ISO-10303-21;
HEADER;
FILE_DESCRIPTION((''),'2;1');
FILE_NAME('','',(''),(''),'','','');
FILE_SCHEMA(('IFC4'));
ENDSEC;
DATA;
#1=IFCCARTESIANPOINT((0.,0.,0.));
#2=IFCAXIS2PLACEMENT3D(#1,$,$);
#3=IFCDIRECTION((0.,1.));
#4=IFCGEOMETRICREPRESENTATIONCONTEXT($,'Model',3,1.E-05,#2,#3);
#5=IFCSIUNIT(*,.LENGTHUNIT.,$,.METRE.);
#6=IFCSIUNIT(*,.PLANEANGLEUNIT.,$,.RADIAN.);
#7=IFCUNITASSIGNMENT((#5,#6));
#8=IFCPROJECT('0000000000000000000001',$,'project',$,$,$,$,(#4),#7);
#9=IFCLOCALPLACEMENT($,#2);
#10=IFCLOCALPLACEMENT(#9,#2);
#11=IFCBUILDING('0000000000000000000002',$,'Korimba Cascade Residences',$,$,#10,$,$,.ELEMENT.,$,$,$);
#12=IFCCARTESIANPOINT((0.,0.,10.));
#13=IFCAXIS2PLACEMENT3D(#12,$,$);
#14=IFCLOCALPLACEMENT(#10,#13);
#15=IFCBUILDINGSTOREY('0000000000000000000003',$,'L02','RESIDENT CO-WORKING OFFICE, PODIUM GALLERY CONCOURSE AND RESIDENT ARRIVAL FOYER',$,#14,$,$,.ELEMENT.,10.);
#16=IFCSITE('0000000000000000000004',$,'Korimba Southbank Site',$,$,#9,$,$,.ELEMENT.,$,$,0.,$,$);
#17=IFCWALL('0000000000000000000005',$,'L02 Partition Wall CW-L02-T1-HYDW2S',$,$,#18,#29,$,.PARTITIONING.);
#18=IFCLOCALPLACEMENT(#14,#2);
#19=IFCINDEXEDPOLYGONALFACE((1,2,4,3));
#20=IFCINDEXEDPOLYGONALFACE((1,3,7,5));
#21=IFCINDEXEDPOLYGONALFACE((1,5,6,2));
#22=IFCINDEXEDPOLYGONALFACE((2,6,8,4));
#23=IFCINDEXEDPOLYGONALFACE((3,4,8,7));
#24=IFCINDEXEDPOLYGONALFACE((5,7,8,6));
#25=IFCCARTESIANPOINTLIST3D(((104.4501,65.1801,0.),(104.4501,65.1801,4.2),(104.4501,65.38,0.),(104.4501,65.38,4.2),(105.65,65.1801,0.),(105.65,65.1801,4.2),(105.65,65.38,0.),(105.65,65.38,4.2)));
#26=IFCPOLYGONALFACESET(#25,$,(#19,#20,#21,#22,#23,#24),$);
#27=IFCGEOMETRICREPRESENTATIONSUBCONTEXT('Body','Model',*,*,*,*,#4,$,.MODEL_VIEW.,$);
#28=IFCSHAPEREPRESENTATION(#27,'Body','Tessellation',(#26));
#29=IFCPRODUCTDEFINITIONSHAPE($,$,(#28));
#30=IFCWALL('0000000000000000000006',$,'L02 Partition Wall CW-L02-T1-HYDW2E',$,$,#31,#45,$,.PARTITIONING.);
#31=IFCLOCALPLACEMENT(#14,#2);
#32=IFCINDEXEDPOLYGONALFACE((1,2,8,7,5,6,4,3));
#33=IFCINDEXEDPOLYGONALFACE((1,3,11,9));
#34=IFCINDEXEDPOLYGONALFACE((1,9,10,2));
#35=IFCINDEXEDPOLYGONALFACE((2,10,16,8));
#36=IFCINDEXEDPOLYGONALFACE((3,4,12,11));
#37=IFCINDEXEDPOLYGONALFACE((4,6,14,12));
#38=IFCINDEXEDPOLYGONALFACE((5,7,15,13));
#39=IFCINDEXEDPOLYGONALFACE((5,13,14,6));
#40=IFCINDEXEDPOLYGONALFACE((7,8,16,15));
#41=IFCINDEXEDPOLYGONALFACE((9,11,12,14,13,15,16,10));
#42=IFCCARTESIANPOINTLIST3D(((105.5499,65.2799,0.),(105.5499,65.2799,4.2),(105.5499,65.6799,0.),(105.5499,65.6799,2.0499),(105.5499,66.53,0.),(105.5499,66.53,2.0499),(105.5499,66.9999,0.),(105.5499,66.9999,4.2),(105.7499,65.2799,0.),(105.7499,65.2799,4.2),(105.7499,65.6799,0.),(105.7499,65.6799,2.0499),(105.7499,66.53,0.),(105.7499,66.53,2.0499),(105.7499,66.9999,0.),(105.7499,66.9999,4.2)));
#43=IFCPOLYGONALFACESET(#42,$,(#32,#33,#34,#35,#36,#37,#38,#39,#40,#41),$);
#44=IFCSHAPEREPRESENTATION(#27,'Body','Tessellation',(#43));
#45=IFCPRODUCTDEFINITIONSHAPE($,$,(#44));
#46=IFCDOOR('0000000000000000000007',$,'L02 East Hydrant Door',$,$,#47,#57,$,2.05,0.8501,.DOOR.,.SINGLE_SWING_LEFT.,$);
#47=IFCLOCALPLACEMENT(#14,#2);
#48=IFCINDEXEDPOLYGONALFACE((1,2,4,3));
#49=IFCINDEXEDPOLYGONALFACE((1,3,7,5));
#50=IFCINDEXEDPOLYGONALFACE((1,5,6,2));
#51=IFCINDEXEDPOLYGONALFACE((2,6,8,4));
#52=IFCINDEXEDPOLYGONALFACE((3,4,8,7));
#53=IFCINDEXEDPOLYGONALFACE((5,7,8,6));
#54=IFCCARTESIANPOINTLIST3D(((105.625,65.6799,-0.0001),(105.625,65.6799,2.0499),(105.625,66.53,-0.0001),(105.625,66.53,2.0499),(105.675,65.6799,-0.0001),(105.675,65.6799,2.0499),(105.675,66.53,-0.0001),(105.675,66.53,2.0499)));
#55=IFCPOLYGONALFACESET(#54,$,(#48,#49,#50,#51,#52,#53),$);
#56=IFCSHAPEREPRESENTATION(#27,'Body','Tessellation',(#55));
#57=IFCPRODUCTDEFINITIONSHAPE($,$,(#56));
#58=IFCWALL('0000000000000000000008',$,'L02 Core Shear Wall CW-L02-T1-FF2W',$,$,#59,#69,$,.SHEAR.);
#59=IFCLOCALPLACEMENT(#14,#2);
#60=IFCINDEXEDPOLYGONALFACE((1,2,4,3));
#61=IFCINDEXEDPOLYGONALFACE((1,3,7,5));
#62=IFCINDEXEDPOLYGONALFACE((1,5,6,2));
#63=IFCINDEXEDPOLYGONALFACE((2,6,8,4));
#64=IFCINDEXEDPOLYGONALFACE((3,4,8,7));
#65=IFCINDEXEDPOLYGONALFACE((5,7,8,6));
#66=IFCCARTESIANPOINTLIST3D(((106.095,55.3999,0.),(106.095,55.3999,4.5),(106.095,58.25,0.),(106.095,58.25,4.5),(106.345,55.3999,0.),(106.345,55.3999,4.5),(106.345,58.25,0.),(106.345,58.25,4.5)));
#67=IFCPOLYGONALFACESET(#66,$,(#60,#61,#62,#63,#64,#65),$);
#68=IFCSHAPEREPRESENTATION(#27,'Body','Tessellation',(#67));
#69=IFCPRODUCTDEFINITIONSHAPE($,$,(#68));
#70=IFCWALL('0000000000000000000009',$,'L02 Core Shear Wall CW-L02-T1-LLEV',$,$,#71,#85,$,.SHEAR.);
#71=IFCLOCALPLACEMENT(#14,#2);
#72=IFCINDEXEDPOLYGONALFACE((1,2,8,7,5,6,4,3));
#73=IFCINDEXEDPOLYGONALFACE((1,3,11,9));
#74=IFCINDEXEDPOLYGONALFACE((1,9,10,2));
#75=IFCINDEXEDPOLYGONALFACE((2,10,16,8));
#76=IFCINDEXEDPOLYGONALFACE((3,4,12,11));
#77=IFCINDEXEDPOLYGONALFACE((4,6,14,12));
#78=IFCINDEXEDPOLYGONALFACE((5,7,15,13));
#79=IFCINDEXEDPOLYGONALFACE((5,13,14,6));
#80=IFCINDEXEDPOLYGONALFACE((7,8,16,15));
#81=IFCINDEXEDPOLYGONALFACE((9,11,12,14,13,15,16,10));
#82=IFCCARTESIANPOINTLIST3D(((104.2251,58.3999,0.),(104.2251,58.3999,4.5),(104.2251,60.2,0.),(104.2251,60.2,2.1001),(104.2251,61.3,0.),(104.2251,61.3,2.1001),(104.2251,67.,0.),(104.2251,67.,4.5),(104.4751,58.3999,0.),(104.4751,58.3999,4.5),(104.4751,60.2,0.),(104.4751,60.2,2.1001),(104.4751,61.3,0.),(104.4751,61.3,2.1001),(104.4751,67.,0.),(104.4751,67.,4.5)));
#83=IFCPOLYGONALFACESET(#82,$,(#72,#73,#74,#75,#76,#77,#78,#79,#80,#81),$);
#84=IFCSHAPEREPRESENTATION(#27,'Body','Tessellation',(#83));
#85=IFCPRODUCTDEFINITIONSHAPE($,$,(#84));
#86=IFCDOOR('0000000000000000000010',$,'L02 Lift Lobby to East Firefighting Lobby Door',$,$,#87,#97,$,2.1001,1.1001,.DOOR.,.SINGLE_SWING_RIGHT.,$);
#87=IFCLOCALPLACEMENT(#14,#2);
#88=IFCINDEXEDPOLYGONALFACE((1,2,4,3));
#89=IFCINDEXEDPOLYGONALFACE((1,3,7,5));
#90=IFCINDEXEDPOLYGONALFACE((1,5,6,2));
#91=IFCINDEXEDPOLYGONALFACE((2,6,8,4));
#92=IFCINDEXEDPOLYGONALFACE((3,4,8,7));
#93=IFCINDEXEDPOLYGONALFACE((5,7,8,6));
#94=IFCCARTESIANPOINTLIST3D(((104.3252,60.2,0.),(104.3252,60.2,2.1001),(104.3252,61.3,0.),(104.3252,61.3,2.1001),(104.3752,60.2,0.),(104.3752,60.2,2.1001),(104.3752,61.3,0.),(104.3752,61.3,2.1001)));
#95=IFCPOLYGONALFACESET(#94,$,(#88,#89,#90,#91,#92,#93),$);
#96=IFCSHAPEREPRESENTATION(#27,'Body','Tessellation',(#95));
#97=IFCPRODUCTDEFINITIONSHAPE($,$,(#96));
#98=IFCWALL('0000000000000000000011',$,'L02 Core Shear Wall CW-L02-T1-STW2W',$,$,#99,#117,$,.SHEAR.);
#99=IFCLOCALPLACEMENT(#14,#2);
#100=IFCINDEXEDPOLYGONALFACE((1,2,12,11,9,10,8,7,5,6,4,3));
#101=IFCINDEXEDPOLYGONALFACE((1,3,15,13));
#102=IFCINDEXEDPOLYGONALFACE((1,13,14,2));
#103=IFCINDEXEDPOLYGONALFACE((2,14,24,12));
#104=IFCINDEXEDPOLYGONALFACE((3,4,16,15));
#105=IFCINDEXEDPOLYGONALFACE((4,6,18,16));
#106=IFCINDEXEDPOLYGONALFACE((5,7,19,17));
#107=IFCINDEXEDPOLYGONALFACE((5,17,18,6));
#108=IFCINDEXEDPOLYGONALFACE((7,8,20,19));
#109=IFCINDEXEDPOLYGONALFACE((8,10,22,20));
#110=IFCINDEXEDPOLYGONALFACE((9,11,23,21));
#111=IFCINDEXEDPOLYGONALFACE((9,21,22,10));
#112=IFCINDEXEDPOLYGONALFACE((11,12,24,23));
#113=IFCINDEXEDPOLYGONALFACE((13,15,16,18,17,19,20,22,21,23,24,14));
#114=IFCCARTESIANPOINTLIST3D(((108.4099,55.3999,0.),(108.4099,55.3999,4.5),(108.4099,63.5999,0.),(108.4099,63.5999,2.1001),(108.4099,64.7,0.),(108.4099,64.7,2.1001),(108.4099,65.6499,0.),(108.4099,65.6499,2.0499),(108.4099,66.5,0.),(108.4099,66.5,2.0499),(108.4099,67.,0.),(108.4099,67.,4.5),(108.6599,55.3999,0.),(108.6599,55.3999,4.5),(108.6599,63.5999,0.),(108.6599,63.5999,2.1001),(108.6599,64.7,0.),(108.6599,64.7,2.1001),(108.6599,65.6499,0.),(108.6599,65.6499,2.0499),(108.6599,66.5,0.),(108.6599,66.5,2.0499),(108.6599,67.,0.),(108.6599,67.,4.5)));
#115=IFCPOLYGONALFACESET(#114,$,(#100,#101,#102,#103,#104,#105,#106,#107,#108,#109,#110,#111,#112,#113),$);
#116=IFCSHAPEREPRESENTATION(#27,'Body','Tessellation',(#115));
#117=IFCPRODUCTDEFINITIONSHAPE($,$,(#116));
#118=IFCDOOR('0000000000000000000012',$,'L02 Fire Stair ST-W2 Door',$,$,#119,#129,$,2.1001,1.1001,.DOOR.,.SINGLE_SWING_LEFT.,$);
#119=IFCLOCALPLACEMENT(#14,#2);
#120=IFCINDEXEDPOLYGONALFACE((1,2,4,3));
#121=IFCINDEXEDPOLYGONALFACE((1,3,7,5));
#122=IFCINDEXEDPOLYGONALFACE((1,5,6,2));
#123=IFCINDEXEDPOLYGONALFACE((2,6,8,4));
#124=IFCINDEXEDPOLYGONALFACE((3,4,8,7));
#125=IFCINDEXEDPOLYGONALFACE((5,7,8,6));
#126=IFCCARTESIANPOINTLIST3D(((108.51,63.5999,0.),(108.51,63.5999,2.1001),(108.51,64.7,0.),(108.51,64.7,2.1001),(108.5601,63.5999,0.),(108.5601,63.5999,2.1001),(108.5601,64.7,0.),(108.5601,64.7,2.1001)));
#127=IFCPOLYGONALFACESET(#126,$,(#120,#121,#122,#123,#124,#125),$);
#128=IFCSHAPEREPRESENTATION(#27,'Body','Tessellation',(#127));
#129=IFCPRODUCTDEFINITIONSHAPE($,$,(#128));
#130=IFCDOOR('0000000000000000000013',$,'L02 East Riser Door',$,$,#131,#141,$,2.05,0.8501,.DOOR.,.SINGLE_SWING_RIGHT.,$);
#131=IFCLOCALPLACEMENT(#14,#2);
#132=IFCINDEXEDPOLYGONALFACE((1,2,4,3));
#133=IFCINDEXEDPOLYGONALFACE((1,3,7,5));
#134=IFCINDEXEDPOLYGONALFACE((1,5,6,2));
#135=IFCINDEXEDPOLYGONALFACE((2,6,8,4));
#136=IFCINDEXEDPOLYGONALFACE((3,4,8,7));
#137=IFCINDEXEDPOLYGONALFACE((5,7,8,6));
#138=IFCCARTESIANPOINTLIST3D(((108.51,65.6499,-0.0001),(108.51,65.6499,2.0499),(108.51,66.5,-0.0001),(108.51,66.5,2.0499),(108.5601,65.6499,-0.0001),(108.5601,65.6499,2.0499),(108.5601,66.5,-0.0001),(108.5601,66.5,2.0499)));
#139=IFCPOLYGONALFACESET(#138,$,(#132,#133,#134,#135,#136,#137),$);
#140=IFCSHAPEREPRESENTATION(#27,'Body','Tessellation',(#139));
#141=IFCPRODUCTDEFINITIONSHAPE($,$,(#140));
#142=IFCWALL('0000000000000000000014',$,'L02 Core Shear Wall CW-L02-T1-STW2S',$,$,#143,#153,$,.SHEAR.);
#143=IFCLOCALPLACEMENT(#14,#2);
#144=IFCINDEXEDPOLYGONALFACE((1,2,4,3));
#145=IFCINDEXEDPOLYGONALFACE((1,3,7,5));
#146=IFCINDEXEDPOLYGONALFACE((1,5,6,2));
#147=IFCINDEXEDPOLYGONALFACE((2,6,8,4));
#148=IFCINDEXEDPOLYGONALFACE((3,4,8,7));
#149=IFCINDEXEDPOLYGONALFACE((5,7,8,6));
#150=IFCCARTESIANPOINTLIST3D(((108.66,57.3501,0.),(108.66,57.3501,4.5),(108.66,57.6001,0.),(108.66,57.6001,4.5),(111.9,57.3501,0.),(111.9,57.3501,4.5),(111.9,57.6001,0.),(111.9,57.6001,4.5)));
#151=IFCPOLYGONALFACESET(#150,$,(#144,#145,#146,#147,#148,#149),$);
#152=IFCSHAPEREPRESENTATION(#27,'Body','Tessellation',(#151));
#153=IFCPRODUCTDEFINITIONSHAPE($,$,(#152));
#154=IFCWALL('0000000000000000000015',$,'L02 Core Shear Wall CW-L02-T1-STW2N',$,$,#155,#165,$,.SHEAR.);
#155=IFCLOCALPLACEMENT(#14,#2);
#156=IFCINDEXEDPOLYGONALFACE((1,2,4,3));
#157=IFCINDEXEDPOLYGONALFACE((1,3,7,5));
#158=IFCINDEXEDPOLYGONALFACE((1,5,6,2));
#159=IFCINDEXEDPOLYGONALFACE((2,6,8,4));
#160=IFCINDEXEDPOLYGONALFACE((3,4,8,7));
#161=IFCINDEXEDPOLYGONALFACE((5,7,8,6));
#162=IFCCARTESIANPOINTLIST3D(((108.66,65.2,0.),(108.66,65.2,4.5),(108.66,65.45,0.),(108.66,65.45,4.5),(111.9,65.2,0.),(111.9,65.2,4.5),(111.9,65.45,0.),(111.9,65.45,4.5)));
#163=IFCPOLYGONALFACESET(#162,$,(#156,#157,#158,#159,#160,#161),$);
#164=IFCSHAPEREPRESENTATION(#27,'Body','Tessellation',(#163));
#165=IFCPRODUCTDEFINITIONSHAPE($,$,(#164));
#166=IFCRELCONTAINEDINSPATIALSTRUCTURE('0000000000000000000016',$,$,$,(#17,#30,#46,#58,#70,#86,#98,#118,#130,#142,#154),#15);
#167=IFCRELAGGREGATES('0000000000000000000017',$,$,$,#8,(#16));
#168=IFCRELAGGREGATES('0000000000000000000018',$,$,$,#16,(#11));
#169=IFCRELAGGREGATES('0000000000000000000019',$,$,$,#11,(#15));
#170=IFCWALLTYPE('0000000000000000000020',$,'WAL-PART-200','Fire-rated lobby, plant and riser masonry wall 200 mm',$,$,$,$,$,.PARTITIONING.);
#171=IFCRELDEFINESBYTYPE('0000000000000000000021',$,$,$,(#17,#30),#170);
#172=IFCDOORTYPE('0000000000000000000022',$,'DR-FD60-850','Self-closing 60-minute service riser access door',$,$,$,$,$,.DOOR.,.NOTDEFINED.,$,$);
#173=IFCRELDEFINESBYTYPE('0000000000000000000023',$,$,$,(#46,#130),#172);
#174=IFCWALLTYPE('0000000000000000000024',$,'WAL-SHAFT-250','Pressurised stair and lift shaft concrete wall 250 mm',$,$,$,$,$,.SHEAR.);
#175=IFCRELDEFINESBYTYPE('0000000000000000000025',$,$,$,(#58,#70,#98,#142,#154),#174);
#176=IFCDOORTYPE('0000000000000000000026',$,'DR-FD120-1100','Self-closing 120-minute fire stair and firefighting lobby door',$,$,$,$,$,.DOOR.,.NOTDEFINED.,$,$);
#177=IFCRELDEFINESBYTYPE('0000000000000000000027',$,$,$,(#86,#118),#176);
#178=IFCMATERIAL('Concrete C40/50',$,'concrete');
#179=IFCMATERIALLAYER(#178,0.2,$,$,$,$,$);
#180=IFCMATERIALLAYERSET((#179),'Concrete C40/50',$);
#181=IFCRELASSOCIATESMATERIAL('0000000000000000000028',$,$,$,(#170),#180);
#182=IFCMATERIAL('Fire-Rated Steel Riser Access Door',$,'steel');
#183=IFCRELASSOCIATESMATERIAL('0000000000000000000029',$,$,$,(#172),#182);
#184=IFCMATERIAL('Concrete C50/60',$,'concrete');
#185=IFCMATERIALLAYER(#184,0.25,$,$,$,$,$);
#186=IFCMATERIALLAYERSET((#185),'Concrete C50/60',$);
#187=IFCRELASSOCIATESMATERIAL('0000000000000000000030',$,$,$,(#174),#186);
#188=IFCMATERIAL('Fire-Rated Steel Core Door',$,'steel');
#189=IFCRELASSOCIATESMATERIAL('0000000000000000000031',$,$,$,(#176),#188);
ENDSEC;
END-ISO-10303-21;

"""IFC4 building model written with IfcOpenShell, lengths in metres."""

from ifc_helpers import new_model, si_unit, direction, frame, frame_2d, origin, place, context, subcontext, project, spatial, rectangle, extrude, material, layer, layer_set, type_object, element, fill, save


model = new_model("IFC4")

# Units and contexts
model_context = context("Model", 3, precision=1e-05, world=origin(), true_north=direction((0.0, 1.0)))
body_context = subcontext(model_context, "Body", "Model", "MODEL_VIEW")
ifc_project = project(units=[si_unit("LENGTHUNIT", "METRE"), si_unit("PLANEANGLEUNIT", "RADIAN")], contexts=[model_context])

# Site, building, storey
site_placement = place(None, origin())
site = spatial("IfcSite", under=ifc_project, at=site_placement, Name="Korimba Southbank Site", CompositionType="ELEMENT", RefElevation=0.0)
building_placement = place(site_placement, origin())
building = spatial("IfcBuilding", under=site, at=building_placement, Name="Korimba Cascade Residences", CompositionType="ELEMENT")
storey_placement = place(building_placement, frame((0.0, 0.0, 10.0)))
storey = spatial("IfcBuildingStorey", under=building, at=storey_placement, Name="L02", Description="RESIDENT CO-WORKING OFFICE, PODIUM GALLERY CONCOURSE AND RESIDENT ARRIVAL FOYER", CompositionType="ELEMENT", Elevation=10.0)

# Wall
ifc_material_1 = material(Name="Concrete C40/50", Category="concrete")
ifc_layer_1 = layer(ifc_material_1, 0.2)
ifc_layer_set_1 = layer_set([ifc_layer_1], Name="Concrete C40/50")
wall_type_1 = type_object("IfcWallType", Name="WAL-PART-200", Description="Fire-rated lobby, plant and riser masonry wall 200 mm", PredefinedType="PARTITIONING", material=ifc_layer_set_1)
wall_1_placement = place(storey_placement, frame((104.45, 65.28, 0.0), z_axis=(0.0, 0.0, 1.0), x_axis=(1.0, 0.0, 0.0)))
element("IfcWall", 1, at=wall_1_placement, inside=storey, type_object=wall_type_1, Name="L02 Partition Wall CW-L02-T1-HYDW2S", PredefinedType="PARTITIONING", context=body_context, shape_type="SweptSolid", body=[
    extrude(rectangle(XDim=1.2, YDim=0.2, at=frame_2d((0.6001, 0.0))), origin(), (0.0, 0.0, 1.0), 4.2),
])

# Wall, opening, door
wall_2_placement = place(storey_placement, frame((105.6499, 65.28, 0.0), z_axis=(0.0, 0.0, 1.0), x_axis=(0.0, 1.0, 0.0)))
wall_2 = element("IfcWall", 2, at=wall_2_placement, inside=storey, type_object=wall_type_1, Name="L02 Partition Wall CW-L02-T1-HYDW2E", PredefinedType="PARTITIONING", context=body_context, shape_type="SweptSolid", body=[
    extrude(rectangle(XDim=1.72, YDim=0.2, at=frame_2d((0.8599, 0.0))), origin(), (0.0, 0.0, 1.0), 4.2),
])
opening_1_placement = place(wall_2_placement, frame((0.3999, 0.0, 0.0)))
opening_1 = element("IfcOpeningElement", 3, at=opening_1_placement, cuts=wall_2, PredefinedType="OPENING", context=body_context, shape_type="SweptSolid", body=[
    extrude(rectangle(XDim=0.8501, YDim=2.05, at=frame_2d((0.425, 1.0249))), frame((0.0, 0.1099, 0.0), z_axis=(0.0, -1.0, 0.0), x_axis=(1.0, 0.0, 0.0)), (0.0, 0.0, 1.0), 0.22),
])
ifc_material_2 = material(Name="Fire-Rated Steel Riser Access Door", Category="steel")
door_type_1 = type_object("IfcDoorType", Name="DR-FD60-850", Description="Self-closing 60-minute service riser access door", OperationType="NOTDEFINED", PredefinedType="DOOR", material=ifc_material_2)
door_1_placement = place(opening_1_placement, origin())
door_1 = element("IfcDoor", 4, at=door_1_placement, inside=storey, type_object=door_type_1, Name="L02 East Hydrant Door", OperationType="SINGLE_SWING_LEFT", OverallHeight=2.05, OverallWidth=0.8501, PredefinedType="DOOR", context=body_context, shape_type="SweptSolid", body=[
    extrude(rectangle(XDim=0.8501, YDim=2.05, at=frame_2d((0.425, 1.0249))), frame((0.0, 0.0249, 0.0), z_axis=(0.0, -1.0, 0.0), x_axis=(1.0, 0.0, 0.0)), (0.0, 0.0, 1.0), 0.05),
])
fill(opening_1, door_1)

# Wall
ifc_material_3 = material(Name="Concrete C50/60", Category="concrete")
ifc_layer_2 = layer(ifc_material_3, 0.25)
ifc_layer_set_2 = layer_set([ifc_layer_2], Name="Concrete C50/60")
wall_type_2 = type_object("IfcWallType", Name="WAL-SHAFT-250", Description="Pressurised stair and lift shaft concrete wall 250 mm", PredefinedType="SHEAR", material=ifc_layer_set_2)
wall_3_placement = place(storey_placement, frame((106.22, 55.3999, 0.0), z_axis=(0.0, 0.0, 1.0), x_axis=(0.0, 1.0, 0.0)))
element("IfcWall", 5, at=wall_3_placement, inside=storey, type_object=wall_type_2, Name="L02 Core Shear Wall CW-L02-T1-FF2W", PredefinedType="SHEAR", context=body_context, shape_type="SweptSolid", body=[
    extrude(rectangle(XDim=2.8501, YDim=0.25, at=frame_2d((1.425, 0.0))), origin(), (0.0, 0.0, 1.0), 4.5),
])

# Wall, opening, door
wall_4_placement = place(storey_placement, frame((104.3501, 58.3999, 0.0), z_axis=(0.0, 0.0, 1.0), x_axis=(0.0, 1.0, 0.0)))
wall_4 = element("IfcWall", 6, at=wall_4_placement, inside=storey, type_object=wall_type_2, Name="L02 Core Shear Wall CW-L02-T1-LLEV", PredefinedType="SHEAR", context=body_context, shape_type="SweptSolid", body=[
    extrude(rectangle(XDim=8.6001, YDim=0.25, at=frame_2d((4.3, 0.0))), origin(), (0.0, 0.0, 1.0), 4.5),
])
opening_2_placement = place(wall_4_placement, frame((1.8, 0.0, 0.0)))
opening_2 = element("IfcOpeningElement", 7, at=opening_2_placement, cuts=wall_4, PredefinedType="OPENING", context=body_context, shape_type="SweptSolid", body=[
    extrude(rectangle(XDim=1.1001, YDim=2.1001, at=frame_2d((0.55, 1.05))), frame((0.0, 0.135, 0.0), z_axis=(0.0, -1.0, 0.0), x_axis=(1.0, 0.0, 0.0)), (0.0, 0.0, 1.0), 0.27),
])
ifc_material_4 = material(Name="Fire-Rated Steel Core Door", Category="steel")
door_type_2 = type_object("IfcDoorType", Name="DR-FD120-1100", Description="Self-closing 120-minute fire stair and firefighting lobby door", OperationType="NOTDEFINED", PredefinedType="DOOR", material=ifc_material_4)
door_2_placement = place(opening_2_placement, origin())
door_2 = element("IfcDoor", 8, at=door_2_placement, inside=storey, type_object=door_type_2, Name="L02 Lift Lobby to East Firefighting Lobby Door", OperationType="SINGLE_SWING_RIGHT", OverallHeight=2.1001, OverallWidth=1.1001, PredefinedType="DOOR", context=body_context, shape_type="SweptSolid", body=[
    extrude(rectangle(XDim=1.1001, YDim=2.1001, at=frame_2d((0.55, 1.05))), frame((0.0, 0.0249, 0.0), z_axis=(0.0, -1.0, 0.0), x_axis=(1.0, 0.0, 0.0)), (0.0, 0.0, 1.0), 0.05),
])
fill(opening_2, door_2)

# Wall, openings, doors
wall_5_placement = place(storey_placement, frame((108.5349, 55.3999, 0.0), z_axis=(0.0, 0.0, 1.0), x_axis=(0.0, 1.0, 0.0)))
wall_5 = element("IfcWall", 9, at=wall_5_placement, inside=storey, type_object=wall_type_2, Name="L02 Core Shear Wall CW-L02-T1-STW2W", PredefinedType="SHEAR", context=body_context, shape_type="SweptSolid", body=[
    extrude(rectangle(XDim=11.6001, YDim=0.25, at=frame_2d((5.8, 0.0))), origin(), (0.0, 0.0, 1.0), 4.5),
])
opening_3_placement = place(wall_5_placement, frame((8.2, 0.0, 0.0)))
opening_3 = element("IfcOpeningElement", 10, at=opening_3_placement, cuts=wall_5, PredefinedType="OPENING", context=body_context, shape_type="SweptSolid", body=[
    extrude(rectangle(XDim=1.1001, YDim=2.1001, at=frame_2d((0.55, 1.05))), frame((0.0, 0.135, 0.0), z_axis=(0.0, -1.0, 0.0), x_axis=(1.0, 0.0, 0.0)), (0.0, 0.0, 1.0), 0.27),
])
opening_4_placement = place(wall_5_placement, frame((10.25, 0.0, 0.0)))
opening_4 = element("IfcOpeningElement", 11, at=opening_4_placement, cuts=wall_5, PredefinedType="OPENING", context=body_context, shape_type="SweptSolid", body=[
    extrude(rectangle(XDim=0.8501, YDim=2.05, at=frame_2d((0.425, 1.0249))), frame((0.0, 0.135, 0.0), z_axis=(0.0, -1.0, 0.0), x_axis=(1.0, 0.0, 0.0)), (0.0, 0.0, 1.0), 0.27),
])
door_3_placement = place(opening_3_placement, origin())
door_3 = element("IfcDoor", 12, at=door_3_placement, inside=storey, type_object=door_type_2, Name="L02 Fire Stair ST-W2 Door", OperationType="SINGLE_SWING_LEFT", OverallHeight=2.1001, OverallWidth=1.1001, PredefinedType="DOOR", context=body_context, shape_type="SweptSolid", body=[
    extrude(rectangle(XDim=1.1001, YDim=2.1001, at=frame_2d((0.55, 1.05))), frame((0.0, 0.0249, 0.0), z_axis=(0.0, -1.0, 0.0), x_axis=(1.0, 0.0, 0.0)), (0.0, 0.0, 1.0), 0.05),
])
fill(opening_3, door_3)
door_4_placement = place(opening_4_placement, origin())
door_4 = element("IfcDoor", 13, at=door_4_placement, inside=storey, type_object=door_type_1, Name="L02 East Riser Door", OperationType="SINGLE_SWING_RIGHT", OverallHeight=2.05, OverallWidth=0.8501, PredefinedType="DOOR", context=body_context, shape_type="SweptSolid", body=[
    extrude(rectangle(XDim=0.8501, YDim=2.05, at=frame_2d((0.425, 1.0249))), frame((0.0, 0.0249, 0.0), z_axis=(0.0, -1.0, 0.0), x_axis=(1.0, 0.0, 0.0)), (0.0, 0.0, 1.0), 0.05),
])
fill(opening_4, door_4)

# Walls
for number, where, z_axis, x_axis, name in (
    (14, (108.6599, 57.4751, 0.0), (0.0, 0.0, 1.0), (1.0, 0.0, 0.0), "L02 Core Shear Wall CW-L02-T1-STW2S"),
    (15, (108.6599, 65.325, 0.0), (0.0, 0.0, 1.0), (1.0, 0.0, 0.0), "L02 Core Shear Wall CW-L02-T1-STW2N"),
):
    element("IfcWall", number, at=place(storey_placement, frame(where, z_axis=z_axis, x_axis=x_axis)), inside=storey, type_object=wall_type_2, Name=name, PredefinedType="SHEAR", context=body_context, shape_type="SweptSolid", body=[
        extrude(rectangle(XDim=3.24, YDim=0.25, at=frame_2d((1.6201, 0.0))), origin(), (0.0, 0.0, 1.0), 4.5),
    ])

save(model, "model.ifc")
